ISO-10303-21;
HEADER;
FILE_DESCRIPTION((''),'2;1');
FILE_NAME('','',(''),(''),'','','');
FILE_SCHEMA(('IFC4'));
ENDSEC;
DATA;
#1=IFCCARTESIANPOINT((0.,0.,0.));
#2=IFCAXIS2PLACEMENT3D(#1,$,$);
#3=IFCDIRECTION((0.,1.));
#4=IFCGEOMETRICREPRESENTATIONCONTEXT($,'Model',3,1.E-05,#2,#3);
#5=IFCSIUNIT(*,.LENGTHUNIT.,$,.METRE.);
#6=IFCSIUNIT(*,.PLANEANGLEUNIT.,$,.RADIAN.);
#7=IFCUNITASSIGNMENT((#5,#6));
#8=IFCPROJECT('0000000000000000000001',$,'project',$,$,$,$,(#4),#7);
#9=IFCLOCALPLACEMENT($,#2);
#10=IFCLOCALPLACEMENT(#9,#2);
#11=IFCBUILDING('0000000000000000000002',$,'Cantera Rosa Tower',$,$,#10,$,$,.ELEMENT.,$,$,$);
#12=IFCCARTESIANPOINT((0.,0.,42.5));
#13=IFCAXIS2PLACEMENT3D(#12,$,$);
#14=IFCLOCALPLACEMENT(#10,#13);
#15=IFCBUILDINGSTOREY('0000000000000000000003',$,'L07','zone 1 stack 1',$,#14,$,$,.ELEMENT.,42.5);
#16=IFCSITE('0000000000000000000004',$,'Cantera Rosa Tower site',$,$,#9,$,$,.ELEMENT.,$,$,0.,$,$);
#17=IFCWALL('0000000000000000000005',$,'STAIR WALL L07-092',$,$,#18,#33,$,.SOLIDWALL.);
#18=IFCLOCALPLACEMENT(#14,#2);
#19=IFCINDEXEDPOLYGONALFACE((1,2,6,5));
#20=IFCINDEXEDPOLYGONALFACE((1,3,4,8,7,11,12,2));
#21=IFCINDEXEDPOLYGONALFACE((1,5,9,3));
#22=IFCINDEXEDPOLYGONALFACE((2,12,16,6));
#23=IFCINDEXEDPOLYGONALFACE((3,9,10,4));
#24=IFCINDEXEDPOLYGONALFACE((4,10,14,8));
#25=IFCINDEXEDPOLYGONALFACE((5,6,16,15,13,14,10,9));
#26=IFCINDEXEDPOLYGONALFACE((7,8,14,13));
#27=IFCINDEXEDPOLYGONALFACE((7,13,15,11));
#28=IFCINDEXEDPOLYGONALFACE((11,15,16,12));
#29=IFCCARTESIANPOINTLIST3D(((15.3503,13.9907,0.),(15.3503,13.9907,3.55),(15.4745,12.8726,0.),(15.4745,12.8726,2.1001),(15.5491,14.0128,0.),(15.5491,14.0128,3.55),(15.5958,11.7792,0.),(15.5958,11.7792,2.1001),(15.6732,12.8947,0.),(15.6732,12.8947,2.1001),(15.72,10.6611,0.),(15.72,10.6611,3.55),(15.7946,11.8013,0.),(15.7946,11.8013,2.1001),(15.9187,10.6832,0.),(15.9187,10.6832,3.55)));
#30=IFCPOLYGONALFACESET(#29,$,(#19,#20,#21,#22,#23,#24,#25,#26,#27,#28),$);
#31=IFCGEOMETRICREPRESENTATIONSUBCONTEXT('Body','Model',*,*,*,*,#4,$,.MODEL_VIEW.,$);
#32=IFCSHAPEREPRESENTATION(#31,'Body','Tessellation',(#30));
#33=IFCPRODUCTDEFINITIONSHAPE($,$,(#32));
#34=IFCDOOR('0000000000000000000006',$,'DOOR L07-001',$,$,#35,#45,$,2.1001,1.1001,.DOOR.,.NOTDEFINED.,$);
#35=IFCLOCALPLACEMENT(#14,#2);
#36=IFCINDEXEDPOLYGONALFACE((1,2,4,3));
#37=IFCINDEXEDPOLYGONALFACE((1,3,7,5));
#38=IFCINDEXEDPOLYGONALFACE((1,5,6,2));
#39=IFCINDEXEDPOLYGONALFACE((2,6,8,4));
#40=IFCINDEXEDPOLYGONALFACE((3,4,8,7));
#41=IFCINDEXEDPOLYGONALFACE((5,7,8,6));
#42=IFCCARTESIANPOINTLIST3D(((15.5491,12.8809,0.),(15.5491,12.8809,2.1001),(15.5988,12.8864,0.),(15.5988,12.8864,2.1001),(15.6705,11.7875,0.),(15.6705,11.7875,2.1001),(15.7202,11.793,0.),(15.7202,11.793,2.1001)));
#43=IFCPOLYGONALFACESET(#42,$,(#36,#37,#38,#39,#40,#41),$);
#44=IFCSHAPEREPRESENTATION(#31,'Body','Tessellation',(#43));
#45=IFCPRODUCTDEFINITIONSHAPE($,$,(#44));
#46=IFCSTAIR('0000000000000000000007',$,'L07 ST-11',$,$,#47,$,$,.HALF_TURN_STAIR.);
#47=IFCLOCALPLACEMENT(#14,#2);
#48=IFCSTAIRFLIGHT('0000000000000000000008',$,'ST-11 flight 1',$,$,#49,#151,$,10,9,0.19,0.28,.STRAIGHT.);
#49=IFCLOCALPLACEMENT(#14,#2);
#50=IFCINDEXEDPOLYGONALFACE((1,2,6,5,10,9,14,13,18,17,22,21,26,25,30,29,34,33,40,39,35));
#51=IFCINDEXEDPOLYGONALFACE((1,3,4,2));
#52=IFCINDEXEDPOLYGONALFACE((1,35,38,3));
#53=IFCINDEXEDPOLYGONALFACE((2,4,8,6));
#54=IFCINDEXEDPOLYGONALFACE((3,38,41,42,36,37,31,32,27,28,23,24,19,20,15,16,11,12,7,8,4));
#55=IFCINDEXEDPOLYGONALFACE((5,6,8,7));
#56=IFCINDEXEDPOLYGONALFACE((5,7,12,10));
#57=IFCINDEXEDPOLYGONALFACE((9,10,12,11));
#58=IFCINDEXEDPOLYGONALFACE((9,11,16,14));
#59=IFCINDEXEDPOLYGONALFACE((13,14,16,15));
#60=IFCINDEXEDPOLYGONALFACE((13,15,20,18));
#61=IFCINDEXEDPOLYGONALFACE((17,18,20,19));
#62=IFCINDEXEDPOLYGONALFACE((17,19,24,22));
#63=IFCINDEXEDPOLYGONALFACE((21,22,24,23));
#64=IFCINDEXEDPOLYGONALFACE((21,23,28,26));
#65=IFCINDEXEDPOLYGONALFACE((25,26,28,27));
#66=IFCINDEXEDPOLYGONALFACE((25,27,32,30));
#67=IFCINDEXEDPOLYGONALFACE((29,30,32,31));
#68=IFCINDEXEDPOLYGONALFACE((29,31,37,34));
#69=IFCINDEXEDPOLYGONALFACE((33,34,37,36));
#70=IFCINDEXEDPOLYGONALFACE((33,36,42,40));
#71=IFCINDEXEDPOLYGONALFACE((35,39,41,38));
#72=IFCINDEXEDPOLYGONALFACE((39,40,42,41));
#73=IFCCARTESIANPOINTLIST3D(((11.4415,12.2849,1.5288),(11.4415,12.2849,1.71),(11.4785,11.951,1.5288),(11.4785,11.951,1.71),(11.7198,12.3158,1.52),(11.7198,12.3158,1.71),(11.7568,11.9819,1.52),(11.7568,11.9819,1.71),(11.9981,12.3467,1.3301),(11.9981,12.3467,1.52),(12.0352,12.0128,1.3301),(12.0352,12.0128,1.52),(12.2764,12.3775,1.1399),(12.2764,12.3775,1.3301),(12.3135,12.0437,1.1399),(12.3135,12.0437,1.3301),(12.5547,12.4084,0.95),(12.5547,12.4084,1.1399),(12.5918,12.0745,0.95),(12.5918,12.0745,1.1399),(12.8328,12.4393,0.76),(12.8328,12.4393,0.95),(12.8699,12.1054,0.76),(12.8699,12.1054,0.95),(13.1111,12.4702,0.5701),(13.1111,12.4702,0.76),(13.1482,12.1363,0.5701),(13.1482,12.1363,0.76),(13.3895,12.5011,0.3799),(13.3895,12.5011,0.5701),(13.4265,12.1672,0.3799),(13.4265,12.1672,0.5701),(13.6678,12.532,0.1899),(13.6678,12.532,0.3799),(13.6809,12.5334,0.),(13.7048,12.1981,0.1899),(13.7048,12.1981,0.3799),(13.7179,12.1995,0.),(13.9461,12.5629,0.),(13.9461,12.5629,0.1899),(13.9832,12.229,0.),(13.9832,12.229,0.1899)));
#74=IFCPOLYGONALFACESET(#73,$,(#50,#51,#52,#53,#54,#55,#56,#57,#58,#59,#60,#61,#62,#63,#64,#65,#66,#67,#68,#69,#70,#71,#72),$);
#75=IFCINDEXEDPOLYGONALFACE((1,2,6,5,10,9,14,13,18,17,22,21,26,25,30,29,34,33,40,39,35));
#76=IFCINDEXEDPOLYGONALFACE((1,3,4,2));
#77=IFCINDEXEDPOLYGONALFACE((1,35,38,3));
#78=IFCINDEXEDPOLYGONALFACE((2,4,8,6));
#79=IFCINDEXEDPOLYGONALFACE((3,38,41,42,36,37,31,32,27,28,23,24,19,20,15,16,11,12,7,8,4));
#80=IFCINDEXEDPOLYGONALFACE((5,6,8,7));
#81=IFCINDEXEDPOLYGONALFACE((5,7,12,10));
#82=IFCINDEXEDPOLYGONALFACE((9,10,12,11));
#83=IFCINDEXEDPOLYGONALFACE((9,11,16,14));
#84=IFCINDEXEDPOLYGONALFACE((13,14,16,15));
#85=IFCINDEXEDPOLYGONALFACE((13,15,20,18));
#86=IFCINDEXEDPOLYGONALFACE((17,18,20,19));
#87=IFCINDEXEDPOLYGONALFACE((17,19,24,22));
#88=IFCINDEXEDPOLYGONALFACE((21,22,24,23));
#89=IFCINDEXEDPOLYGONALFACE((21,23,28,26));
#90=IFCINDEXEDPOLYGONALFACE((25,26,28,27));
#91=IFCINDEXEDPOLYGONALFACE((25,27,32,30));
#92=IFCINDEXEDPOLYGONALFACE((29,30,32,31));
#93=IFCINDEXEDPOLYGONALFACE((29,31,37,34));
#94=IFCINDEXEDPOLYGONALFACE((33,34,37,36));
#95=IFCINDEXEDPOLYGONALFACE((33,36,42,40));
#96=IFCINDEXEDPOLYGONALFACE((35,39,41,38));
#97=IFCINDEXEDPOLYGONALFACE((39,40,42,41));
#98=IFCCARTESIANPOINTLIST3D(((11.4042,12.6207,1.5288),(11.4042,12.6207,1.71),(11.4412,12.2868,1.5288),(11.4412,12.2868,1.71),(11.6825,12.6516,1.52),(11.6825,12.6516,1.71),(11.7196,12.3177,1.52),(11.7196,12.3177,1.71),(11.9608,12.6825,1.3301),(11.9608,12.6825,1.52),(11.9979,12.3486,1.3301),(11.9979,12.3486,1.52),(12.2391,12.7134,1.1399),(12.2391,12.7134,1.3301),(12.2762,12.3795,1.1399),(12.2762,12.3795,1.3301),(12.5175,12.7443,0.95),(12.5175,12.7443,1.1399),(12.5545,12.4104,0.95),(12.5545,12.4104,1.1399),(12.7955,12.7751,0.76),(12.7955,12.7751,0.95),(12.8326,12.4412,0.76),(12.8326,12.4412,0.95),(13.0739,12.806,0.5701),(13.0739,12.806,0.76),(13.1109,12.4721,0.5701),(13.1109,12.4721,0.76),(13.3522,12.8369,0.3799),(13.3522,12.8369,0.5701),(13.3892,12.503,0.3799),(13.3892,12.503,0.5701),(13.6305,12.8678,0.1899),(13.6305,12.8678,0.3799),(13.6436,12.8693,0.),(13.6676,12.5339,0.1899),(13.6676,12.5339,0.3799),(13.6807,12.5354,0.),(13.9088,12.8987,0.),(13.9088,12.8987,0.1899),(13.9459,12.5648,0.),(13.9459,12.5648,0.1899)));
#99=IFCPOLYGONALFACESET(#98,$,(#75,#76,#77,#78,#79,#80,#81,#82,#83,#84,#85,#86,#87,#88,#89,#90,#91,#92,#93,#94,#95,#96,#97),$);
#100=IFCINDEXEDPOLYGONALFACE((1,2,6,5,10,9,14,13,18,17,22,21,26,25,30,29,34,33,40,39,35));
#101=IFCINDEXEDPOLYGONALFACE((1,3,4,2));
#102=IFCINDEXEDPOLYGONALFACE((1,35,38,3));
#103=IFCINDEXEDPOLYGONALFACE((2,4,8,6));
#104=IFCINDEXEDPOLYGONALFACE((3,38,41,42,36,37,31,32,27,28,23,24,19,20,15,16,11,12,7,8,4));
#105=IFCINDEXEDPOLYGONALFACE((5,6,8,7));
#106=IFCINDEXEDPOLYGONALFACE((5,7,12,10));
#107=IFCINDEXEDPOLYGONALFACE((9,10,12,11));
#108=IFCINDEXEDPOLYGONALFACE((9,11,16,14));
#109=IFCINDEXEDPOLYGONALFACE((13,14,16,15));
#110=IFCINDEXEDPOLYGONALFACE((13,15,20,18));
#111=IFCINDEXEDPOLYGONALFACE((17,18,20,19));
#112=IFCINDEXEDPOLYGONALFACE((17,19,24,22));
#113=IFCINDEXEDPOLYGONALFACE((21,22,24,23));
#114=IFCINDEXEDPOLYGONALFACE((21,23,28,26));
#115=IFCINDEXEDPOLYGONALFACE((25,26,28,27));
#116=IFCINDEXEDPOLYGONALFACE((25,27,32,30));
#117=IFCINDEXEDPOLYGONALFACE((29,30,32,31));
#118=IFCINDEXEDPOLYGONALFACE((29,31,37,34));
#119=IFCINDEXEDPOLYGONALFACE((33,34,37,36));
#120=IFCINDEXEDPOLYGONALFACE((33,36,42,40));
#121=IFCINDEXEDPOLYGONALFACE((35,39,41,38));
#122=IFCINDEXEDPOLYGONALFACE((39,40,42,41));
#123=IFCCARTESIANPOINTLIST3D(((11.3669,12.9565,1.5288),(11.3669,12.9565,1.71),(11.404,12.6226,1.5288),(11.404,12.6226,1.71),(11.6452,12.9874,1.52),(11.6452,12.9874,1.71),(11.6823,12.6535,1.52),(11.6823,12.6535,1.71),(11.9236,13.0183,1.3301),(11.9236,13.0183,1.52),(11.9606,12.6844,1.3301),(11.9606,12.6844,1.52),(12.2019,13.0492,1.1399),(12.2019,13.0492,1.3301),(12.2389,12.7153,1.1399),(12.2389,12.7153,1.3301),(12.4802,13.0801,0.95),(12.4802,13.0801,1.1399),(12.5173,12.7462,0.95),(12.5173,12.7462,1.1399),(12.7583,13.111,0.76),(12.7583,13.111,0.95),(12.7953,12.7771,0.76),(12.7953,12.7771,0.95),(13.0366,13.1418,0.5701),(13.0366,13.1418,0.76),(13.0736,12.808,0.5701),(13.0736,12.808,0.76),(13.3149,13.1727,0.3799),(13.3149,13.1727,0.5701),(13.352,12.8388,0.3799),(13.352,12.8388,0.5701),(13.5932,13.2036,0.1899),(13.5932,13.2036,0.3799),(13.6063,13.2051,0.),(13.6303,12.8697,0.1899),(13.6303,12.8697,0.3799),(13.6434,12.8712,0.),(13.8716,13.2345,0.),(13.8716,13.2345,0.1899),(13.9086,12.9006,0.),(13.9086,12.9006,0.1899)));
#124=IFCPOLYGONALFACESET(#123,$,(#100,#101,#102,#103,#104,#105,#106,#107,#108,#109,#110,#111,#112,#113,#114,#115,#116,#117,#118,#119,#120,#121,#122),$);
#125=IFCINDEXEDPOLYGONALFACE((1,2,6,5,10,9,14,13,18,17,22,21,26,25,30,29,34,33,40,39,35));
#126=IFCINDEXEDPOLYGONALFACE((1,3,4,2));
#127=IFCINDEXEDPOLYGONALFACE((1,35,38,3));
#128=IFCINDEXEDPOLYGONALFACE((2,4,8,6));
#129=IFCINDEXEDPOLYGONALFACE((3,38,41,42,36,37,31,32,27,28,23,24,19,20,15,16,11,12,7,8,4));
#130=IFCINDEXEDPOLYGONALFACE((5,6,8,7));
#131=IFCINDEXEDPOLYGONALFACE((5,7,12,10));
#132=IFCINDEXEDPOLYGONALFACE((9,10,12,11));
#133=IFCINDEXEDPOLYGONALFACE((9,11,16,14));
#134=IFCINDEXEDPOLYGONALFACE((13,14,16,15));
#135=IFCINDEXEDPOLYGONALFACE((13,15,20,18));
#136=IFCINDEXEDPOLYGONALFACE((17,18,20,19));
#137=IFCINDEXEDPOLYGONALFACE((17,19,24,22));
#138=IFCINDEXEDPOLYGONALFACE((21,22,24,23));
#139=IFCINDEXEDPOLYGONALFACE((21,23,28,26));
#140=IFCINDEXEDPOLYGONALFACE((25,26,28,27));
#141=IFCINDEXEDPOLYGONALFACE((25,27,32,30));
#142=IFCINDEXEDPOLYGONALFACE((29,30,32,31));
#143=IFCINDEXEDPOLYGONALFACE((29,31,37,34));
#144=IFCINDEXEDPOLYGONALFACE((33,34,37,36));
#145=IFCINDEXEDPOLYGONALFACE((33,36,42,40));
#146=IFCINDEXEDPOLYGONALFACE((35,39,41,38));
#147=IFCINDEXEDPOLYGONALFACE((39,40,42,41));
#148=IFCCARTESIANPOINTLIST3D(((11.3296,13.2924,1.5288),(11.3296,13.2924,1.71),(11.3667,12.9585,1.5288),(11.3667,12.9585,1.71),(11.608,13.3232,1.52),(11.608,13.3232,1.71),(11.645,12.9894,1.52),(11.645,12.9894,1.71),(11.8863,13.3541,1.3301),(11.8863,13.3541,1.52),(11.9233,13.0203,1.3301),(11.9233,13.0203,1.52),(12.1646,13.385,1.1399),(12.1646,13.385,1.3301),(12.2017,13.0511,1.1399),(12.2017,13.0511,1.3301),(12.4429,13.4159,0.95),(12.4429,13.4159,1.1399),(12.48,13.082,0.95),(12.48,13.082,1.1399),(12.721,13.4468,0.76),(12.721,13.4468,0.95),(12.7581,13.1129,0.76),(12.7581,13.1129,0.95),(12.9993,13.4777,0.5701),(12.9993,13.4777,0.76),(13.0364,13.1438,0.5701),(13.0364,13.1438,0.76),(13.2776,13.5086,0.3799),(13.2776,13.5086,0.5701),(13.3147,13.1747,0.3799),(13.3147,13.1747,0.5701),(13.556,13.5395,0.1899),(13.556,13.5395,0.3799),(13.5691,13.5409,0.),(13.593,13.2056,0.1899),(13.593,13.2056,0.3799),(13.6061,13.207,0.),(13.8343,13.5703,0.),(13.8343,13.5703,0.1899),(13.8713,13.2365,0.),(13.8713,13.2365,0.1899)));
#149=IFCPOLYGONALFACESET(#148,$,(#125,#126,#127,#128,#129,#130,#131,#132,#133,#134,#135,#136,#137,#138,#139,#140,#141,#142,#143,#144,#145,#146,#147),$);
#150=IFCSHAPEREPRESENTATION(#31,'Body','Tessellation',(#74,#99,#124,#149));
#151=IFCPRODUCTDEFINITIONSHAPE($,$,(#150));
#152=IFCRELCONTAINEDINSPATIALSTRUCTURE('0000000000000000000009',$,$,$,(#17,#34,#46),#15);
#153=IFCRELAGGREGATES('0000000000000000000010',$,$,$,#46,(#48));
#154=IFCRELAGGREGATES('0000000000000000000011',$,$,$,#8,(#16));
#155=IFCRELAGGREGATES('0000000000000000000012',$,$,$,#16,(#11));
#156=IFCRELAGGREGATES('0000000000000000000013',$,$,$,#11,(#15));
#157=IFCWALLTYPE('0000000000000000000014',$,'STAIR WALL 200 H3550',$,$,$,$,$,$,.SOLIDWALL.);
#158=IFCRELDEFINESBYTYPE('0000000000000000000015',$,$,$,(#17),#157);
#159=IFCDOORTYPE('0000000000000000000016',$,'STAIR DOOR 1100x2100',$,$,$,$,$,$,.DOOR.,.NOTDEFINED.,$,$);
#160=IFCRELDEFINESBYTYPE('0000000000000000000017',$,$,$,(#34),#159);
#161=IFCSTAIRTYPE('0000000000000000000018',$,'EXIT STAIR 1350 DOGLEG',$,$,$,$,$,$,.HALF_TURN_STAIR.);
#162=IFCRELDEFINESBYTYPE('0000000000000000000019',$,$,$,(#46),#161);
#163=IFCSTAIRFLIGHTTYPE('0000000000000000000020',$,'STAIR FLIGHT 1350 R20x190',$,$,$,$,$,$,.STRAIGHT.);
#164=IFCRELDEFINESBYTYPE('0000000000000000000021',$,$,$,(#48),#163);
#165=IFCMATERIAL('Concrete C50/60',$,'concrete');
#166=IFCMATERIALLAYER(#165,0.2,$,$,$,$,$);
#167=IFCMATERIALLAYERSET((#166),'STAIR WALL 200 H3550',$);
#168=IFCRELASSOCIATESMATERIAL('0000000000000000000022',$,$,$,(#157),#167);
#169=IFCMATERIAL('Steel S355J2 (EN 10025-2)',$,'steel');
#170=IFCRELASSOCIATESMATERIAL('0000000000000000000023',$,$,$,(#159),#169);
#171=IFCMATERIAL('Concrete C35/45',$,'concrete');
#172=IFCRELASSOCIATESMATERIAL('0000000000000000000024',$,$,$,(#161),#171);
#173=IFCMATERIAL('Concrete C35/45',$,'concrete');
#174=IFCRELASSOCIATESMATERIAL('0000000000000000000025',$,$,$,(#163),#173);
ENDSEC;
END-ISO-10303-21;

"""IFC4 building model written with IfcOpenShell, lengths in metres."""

from ifc_helpers import new_model, si_unit, direction, frame, frame_2d, origin, place, context, subcontext, project, spatial, polyline, rectangle, outline, extrude, material, layer, layer_set, type_object, element, fill, aggregate, save


model = new_model("IFC4")

# Units and contexts
model_context = context("Model", 3, precision=1e-05, world=origin(), true_north=direction((0.0, 1.0)))
body_context = subcontext(model_context, "Body", "Model", "MODEL_VIEW")
ifc_project = project(units=[si_unit("LENGTHUNIT", "METRE"), si_unit("PLANEANGLEUNIT", "RADIAN")], contexts=[model_context])

# Site, building, storey
site_placement = place(None, origin())
site = spatial("IfcSite", under=ifc_project, at=site_placement, Name="Cantera Rosa Tower site", CompositionType="ELEMENT", RefElevation=0.0)
building_placement = place(site_placement, origin())
building = spatial("IfcBuilding", under=site, at=building_placement, Name="Cantera Rosa Tower", CompositionType="ELEMENT")
storey_placement = place(building_placement, frame((0.0, 0.0, 42.5)))
storey = spatial("IfcBuildingStorey", under=building, at=storey_placement, Name="L07", Description="zone 1 stack 1", CompositionType="ELEMENT", Elevation=42.5)

# Shared definitions
ifc_material_1 = material(Name="Concrete C50/60", Category="concrete")
ifc_layer_1 = layer(ifc_material_1, 0.2)
ifc_layer_set_1 = layer_set([ifc_layer_1], Name="STAIR WALL 200 H3550")
wall_type_1 = type_object("IfcWallType", Name="STAIR WALL 200 H3550", PredefinedType="SOLIDWALL", material=ifc_layer_set_1)

# Wall, opening, door
wall_1_placement = place(storey_placement, frame((15.8193, 10.6721, 0.0), z_axis=(0.0, 0.0, 1.0), x_axis=(-0.110336, 0.993894, 0.0)))
wall_1 = element("IfcWall", 1, at=wall_1_placement, inside=storey, type_object=wall_type_1, Name="STAIR WALL L07-092", PredefinedType="SOLIDWALL", context=body_context, shape_type="SweptSolid", body=[
    extrude(rectangle(XDim=3.3501, YDim=0.2, at=frame_2d((1.675, 0.0))), origin(), (0.0, 0.0, 1.0), 3.55),
])
opening_1_placement = place(wall_1_placement, frame((1.125, 0.0, 0.0)))
opening_1 = element("IfcOpeningElement", 2, at=opening_1_placement, cuts=wall_1, PredefinedType="OPENING", context=body_context, shape_type="SweptSolid", body=[
    extrude(rectangle(XDim=1.1001, YDim=2.1001, at=frame_2d((0.55, 1.05))), frame((0.0, 0.1099, 0.0), z_axis=(0.0, -1.0, 0.0), x_axis=(1.0, 0.0, 0.0)), (0.0, 0.0, 1.0), 0.22),
])
ifc_material_2 = material(Name="Steel S355J2 (EN 10025-2)", Category="steel")
door_type_1 = type_object("IfcDoorType", Name="STAIR DOOR 1100x2100", OperationType="NOTDEFINED", PredefinedType="DOOR", material=ifc_material_2)
door_1_placement = place(opening_1_placement, origin())
door_1 = element("IfcDoor", 3, at=door_1_placement, inside=storey, type_object=door_type_1, Name="DOOR L07-001", OperationType="NOTDEFINED", OverallHeight=2.1001, OverallWidth=1.1001, PredefinedType="DOOR", context=body_context, shape_type="SweptSolid", body=[
    extrude(rectangle(XDim=1.1001, YDim=2.1001, at=frame_2d((0.55, 1.05))), frame((0.0, 0.0249, 0.0), z_axis=(0.0, -1.0, 0.0), x_axis=(1.0, 0.0, 0.0)), (0.0, 0.0, 1.0), 0.05),
])
fill(opening_1, door_1)

# Stair, stair flight
ifc_material_3 = material(Name="Concrete C35/45", Category="concrete")
stair_type = type_object("IfcStairType", Name="EXIT STAIR 1350 DOGLEG", PredefinedType="HALF_TURN_STAIR", material=ifc_material_3)
stair_placement = place(storey_placement, origin())
stair = element("IfcStair", 4, at=stair_placement, inside=storey, type_object=stair_type, Name="L07 ST-11", PredefinedType="HALF_TURN_STAIR")
ifc_material_4 = material(Name="Concrete C35/45", Category="concrete")
stair_flight_type = type_object("IfcStairFlightType", Name="STAIR FLIGHT 1350 R20x190", PredefinedType="STRAIGHT", material=ifc_material_4)
stair_flight_placement = place(storey_placement, frame((13.9087, 12.8999, 0.0), z_axis=(0.0, 0.0, 1.0), x_axis=(-0.993897, -0.110313, 0.0)))
stair_flight = element("IfcStairFlight", 5, at=stair_flight_placement, type_object=stair_flight_type, Name="ST-11 flight 1", NumberOfRisers=10, NumberOfTreads=9, PredefinedType="STRAIGHT", RiserHeight=0.19, TreadLength=0.28, context=body_context, shape_type="SweptSolid", body=[
    extrude(outline(polyline([(0.0, 0.0), (0.0, 0.1899), (0.28, 0.1899), (0.28, 0.3799), (0.5601, 0.3799), (0.5601, 0.5701), (0.8401, 0.5701), (0.8401, 0.76), (1.1201, 0.76), (1.1201, 0.95), (1.3999, 0.95), (1.3999, 1.1399), (1.6799, 1.1399), (1.6799, 1.3301), (1.96, 1.3301), (1.96, 1.52), (2.24, 1.52), (2.24, 1.71), (2.52, 1.71), (2.52, 1.8999), (2.52, 1.5288), (0.2668, 0.0), (0.0, 0.0)])), frame((0.0, 0.675, 0.0), z_axis=(0.0, -1.0, 0.0), x_axis=(1.0, 0.0, 0.0)), (0.0, 0.0, 1.0), 0.3359),
    extrude(outline(polyline([(0.0, 0.0), (0.0, 0.1899), (0.28, 0.1899), (0.28, 0.3799), (0.5601, 0.3799), (0.5601, 0.5701), (0.8401, 0.5701), (0.8401, 0.76), (1.1201, 0.76), (1.1201, 0.95), (1.3999, 0.95), (1.3999, 1.1399), (1.6799, 1.1399), (1.6799, 1.3301), (1.96, 1.3301), (1.96, 1.52), (2.24, 1.52), (2.24, 1.71), (2.52, 1.71), (2.52, 1.8999), (2.52, 1.5288), (0.2668, 0.0), (0.0, 0.0)])), frame((0.0, 0.3372, 0.0), z_axis=(0.0, -1.0, 0.0), x_axis=(1.0, 0.0, 0.0)), (0.0, 0.0, 1.0), 0.3359),
    extrude(outline(polyline([(0.0, 0.0), (0.0, 0.1899), (0.28, 0.1899), (0.28, 0.3799), (0.5601, 0.3799), (0.5601, 0.5701), (0.8401, 0.5701), (0.8401, 0.76), (1.1201, 0.76), (1.1201, 0.95), (1.3999, 0.95), (1.3999, 1.1399), (1.6799, 1.1399), (1.6799, 1.3301), (1.96, 1.3301), (1.96, 1.52), (2.24, 1.52), (2.24, 1.71), (2.52, 1.71), (2.52, 1.8999), (2.52, 1.5288), (0.2668, 0.0), (0.0, 0.0)])), frame((0.0, -0.0007, 0.0), z_axis=(0.0, -1.0, 0.0), x_axis=(1.0, 0.0, 0.0)), (0.0, 0.0, 1.0), 0.3359),
    extrude(outline(polyline([(0.0, 0.0), (0.0, 0.1899), (0.28, 0.1899), (0.28, 0.3799), (0.5601, 0.3799), (0.5601, 0.5701), (0.8401, 0.5701), (0.8401, 0.76), (1.1201, 0.76), (1.1201, 0.95), (1.3999, 0.95), (1.3999, 1.1399), (1.6799, 1.1399), (1.6799, 1.3301), (1.96, 1.3301), (1.96, 1.52), (2.24, 1.52), (2.24, 1.71), (2.52, 1.71), (2.52, 1.8999), (2.52, 1.5288), (0.2668, 0.0), (0.0, 0.0)])), frame((0.0, -0.3386, 0.0), z_axis=(0.0, -1.0, 0.0), x_axis=(1.0, 0.0, 0.0)), (0.0, 0.0, 1.0), 0.3359),
])
aggregate(stair, [stair_flight])

save(model, "model.ifc")
